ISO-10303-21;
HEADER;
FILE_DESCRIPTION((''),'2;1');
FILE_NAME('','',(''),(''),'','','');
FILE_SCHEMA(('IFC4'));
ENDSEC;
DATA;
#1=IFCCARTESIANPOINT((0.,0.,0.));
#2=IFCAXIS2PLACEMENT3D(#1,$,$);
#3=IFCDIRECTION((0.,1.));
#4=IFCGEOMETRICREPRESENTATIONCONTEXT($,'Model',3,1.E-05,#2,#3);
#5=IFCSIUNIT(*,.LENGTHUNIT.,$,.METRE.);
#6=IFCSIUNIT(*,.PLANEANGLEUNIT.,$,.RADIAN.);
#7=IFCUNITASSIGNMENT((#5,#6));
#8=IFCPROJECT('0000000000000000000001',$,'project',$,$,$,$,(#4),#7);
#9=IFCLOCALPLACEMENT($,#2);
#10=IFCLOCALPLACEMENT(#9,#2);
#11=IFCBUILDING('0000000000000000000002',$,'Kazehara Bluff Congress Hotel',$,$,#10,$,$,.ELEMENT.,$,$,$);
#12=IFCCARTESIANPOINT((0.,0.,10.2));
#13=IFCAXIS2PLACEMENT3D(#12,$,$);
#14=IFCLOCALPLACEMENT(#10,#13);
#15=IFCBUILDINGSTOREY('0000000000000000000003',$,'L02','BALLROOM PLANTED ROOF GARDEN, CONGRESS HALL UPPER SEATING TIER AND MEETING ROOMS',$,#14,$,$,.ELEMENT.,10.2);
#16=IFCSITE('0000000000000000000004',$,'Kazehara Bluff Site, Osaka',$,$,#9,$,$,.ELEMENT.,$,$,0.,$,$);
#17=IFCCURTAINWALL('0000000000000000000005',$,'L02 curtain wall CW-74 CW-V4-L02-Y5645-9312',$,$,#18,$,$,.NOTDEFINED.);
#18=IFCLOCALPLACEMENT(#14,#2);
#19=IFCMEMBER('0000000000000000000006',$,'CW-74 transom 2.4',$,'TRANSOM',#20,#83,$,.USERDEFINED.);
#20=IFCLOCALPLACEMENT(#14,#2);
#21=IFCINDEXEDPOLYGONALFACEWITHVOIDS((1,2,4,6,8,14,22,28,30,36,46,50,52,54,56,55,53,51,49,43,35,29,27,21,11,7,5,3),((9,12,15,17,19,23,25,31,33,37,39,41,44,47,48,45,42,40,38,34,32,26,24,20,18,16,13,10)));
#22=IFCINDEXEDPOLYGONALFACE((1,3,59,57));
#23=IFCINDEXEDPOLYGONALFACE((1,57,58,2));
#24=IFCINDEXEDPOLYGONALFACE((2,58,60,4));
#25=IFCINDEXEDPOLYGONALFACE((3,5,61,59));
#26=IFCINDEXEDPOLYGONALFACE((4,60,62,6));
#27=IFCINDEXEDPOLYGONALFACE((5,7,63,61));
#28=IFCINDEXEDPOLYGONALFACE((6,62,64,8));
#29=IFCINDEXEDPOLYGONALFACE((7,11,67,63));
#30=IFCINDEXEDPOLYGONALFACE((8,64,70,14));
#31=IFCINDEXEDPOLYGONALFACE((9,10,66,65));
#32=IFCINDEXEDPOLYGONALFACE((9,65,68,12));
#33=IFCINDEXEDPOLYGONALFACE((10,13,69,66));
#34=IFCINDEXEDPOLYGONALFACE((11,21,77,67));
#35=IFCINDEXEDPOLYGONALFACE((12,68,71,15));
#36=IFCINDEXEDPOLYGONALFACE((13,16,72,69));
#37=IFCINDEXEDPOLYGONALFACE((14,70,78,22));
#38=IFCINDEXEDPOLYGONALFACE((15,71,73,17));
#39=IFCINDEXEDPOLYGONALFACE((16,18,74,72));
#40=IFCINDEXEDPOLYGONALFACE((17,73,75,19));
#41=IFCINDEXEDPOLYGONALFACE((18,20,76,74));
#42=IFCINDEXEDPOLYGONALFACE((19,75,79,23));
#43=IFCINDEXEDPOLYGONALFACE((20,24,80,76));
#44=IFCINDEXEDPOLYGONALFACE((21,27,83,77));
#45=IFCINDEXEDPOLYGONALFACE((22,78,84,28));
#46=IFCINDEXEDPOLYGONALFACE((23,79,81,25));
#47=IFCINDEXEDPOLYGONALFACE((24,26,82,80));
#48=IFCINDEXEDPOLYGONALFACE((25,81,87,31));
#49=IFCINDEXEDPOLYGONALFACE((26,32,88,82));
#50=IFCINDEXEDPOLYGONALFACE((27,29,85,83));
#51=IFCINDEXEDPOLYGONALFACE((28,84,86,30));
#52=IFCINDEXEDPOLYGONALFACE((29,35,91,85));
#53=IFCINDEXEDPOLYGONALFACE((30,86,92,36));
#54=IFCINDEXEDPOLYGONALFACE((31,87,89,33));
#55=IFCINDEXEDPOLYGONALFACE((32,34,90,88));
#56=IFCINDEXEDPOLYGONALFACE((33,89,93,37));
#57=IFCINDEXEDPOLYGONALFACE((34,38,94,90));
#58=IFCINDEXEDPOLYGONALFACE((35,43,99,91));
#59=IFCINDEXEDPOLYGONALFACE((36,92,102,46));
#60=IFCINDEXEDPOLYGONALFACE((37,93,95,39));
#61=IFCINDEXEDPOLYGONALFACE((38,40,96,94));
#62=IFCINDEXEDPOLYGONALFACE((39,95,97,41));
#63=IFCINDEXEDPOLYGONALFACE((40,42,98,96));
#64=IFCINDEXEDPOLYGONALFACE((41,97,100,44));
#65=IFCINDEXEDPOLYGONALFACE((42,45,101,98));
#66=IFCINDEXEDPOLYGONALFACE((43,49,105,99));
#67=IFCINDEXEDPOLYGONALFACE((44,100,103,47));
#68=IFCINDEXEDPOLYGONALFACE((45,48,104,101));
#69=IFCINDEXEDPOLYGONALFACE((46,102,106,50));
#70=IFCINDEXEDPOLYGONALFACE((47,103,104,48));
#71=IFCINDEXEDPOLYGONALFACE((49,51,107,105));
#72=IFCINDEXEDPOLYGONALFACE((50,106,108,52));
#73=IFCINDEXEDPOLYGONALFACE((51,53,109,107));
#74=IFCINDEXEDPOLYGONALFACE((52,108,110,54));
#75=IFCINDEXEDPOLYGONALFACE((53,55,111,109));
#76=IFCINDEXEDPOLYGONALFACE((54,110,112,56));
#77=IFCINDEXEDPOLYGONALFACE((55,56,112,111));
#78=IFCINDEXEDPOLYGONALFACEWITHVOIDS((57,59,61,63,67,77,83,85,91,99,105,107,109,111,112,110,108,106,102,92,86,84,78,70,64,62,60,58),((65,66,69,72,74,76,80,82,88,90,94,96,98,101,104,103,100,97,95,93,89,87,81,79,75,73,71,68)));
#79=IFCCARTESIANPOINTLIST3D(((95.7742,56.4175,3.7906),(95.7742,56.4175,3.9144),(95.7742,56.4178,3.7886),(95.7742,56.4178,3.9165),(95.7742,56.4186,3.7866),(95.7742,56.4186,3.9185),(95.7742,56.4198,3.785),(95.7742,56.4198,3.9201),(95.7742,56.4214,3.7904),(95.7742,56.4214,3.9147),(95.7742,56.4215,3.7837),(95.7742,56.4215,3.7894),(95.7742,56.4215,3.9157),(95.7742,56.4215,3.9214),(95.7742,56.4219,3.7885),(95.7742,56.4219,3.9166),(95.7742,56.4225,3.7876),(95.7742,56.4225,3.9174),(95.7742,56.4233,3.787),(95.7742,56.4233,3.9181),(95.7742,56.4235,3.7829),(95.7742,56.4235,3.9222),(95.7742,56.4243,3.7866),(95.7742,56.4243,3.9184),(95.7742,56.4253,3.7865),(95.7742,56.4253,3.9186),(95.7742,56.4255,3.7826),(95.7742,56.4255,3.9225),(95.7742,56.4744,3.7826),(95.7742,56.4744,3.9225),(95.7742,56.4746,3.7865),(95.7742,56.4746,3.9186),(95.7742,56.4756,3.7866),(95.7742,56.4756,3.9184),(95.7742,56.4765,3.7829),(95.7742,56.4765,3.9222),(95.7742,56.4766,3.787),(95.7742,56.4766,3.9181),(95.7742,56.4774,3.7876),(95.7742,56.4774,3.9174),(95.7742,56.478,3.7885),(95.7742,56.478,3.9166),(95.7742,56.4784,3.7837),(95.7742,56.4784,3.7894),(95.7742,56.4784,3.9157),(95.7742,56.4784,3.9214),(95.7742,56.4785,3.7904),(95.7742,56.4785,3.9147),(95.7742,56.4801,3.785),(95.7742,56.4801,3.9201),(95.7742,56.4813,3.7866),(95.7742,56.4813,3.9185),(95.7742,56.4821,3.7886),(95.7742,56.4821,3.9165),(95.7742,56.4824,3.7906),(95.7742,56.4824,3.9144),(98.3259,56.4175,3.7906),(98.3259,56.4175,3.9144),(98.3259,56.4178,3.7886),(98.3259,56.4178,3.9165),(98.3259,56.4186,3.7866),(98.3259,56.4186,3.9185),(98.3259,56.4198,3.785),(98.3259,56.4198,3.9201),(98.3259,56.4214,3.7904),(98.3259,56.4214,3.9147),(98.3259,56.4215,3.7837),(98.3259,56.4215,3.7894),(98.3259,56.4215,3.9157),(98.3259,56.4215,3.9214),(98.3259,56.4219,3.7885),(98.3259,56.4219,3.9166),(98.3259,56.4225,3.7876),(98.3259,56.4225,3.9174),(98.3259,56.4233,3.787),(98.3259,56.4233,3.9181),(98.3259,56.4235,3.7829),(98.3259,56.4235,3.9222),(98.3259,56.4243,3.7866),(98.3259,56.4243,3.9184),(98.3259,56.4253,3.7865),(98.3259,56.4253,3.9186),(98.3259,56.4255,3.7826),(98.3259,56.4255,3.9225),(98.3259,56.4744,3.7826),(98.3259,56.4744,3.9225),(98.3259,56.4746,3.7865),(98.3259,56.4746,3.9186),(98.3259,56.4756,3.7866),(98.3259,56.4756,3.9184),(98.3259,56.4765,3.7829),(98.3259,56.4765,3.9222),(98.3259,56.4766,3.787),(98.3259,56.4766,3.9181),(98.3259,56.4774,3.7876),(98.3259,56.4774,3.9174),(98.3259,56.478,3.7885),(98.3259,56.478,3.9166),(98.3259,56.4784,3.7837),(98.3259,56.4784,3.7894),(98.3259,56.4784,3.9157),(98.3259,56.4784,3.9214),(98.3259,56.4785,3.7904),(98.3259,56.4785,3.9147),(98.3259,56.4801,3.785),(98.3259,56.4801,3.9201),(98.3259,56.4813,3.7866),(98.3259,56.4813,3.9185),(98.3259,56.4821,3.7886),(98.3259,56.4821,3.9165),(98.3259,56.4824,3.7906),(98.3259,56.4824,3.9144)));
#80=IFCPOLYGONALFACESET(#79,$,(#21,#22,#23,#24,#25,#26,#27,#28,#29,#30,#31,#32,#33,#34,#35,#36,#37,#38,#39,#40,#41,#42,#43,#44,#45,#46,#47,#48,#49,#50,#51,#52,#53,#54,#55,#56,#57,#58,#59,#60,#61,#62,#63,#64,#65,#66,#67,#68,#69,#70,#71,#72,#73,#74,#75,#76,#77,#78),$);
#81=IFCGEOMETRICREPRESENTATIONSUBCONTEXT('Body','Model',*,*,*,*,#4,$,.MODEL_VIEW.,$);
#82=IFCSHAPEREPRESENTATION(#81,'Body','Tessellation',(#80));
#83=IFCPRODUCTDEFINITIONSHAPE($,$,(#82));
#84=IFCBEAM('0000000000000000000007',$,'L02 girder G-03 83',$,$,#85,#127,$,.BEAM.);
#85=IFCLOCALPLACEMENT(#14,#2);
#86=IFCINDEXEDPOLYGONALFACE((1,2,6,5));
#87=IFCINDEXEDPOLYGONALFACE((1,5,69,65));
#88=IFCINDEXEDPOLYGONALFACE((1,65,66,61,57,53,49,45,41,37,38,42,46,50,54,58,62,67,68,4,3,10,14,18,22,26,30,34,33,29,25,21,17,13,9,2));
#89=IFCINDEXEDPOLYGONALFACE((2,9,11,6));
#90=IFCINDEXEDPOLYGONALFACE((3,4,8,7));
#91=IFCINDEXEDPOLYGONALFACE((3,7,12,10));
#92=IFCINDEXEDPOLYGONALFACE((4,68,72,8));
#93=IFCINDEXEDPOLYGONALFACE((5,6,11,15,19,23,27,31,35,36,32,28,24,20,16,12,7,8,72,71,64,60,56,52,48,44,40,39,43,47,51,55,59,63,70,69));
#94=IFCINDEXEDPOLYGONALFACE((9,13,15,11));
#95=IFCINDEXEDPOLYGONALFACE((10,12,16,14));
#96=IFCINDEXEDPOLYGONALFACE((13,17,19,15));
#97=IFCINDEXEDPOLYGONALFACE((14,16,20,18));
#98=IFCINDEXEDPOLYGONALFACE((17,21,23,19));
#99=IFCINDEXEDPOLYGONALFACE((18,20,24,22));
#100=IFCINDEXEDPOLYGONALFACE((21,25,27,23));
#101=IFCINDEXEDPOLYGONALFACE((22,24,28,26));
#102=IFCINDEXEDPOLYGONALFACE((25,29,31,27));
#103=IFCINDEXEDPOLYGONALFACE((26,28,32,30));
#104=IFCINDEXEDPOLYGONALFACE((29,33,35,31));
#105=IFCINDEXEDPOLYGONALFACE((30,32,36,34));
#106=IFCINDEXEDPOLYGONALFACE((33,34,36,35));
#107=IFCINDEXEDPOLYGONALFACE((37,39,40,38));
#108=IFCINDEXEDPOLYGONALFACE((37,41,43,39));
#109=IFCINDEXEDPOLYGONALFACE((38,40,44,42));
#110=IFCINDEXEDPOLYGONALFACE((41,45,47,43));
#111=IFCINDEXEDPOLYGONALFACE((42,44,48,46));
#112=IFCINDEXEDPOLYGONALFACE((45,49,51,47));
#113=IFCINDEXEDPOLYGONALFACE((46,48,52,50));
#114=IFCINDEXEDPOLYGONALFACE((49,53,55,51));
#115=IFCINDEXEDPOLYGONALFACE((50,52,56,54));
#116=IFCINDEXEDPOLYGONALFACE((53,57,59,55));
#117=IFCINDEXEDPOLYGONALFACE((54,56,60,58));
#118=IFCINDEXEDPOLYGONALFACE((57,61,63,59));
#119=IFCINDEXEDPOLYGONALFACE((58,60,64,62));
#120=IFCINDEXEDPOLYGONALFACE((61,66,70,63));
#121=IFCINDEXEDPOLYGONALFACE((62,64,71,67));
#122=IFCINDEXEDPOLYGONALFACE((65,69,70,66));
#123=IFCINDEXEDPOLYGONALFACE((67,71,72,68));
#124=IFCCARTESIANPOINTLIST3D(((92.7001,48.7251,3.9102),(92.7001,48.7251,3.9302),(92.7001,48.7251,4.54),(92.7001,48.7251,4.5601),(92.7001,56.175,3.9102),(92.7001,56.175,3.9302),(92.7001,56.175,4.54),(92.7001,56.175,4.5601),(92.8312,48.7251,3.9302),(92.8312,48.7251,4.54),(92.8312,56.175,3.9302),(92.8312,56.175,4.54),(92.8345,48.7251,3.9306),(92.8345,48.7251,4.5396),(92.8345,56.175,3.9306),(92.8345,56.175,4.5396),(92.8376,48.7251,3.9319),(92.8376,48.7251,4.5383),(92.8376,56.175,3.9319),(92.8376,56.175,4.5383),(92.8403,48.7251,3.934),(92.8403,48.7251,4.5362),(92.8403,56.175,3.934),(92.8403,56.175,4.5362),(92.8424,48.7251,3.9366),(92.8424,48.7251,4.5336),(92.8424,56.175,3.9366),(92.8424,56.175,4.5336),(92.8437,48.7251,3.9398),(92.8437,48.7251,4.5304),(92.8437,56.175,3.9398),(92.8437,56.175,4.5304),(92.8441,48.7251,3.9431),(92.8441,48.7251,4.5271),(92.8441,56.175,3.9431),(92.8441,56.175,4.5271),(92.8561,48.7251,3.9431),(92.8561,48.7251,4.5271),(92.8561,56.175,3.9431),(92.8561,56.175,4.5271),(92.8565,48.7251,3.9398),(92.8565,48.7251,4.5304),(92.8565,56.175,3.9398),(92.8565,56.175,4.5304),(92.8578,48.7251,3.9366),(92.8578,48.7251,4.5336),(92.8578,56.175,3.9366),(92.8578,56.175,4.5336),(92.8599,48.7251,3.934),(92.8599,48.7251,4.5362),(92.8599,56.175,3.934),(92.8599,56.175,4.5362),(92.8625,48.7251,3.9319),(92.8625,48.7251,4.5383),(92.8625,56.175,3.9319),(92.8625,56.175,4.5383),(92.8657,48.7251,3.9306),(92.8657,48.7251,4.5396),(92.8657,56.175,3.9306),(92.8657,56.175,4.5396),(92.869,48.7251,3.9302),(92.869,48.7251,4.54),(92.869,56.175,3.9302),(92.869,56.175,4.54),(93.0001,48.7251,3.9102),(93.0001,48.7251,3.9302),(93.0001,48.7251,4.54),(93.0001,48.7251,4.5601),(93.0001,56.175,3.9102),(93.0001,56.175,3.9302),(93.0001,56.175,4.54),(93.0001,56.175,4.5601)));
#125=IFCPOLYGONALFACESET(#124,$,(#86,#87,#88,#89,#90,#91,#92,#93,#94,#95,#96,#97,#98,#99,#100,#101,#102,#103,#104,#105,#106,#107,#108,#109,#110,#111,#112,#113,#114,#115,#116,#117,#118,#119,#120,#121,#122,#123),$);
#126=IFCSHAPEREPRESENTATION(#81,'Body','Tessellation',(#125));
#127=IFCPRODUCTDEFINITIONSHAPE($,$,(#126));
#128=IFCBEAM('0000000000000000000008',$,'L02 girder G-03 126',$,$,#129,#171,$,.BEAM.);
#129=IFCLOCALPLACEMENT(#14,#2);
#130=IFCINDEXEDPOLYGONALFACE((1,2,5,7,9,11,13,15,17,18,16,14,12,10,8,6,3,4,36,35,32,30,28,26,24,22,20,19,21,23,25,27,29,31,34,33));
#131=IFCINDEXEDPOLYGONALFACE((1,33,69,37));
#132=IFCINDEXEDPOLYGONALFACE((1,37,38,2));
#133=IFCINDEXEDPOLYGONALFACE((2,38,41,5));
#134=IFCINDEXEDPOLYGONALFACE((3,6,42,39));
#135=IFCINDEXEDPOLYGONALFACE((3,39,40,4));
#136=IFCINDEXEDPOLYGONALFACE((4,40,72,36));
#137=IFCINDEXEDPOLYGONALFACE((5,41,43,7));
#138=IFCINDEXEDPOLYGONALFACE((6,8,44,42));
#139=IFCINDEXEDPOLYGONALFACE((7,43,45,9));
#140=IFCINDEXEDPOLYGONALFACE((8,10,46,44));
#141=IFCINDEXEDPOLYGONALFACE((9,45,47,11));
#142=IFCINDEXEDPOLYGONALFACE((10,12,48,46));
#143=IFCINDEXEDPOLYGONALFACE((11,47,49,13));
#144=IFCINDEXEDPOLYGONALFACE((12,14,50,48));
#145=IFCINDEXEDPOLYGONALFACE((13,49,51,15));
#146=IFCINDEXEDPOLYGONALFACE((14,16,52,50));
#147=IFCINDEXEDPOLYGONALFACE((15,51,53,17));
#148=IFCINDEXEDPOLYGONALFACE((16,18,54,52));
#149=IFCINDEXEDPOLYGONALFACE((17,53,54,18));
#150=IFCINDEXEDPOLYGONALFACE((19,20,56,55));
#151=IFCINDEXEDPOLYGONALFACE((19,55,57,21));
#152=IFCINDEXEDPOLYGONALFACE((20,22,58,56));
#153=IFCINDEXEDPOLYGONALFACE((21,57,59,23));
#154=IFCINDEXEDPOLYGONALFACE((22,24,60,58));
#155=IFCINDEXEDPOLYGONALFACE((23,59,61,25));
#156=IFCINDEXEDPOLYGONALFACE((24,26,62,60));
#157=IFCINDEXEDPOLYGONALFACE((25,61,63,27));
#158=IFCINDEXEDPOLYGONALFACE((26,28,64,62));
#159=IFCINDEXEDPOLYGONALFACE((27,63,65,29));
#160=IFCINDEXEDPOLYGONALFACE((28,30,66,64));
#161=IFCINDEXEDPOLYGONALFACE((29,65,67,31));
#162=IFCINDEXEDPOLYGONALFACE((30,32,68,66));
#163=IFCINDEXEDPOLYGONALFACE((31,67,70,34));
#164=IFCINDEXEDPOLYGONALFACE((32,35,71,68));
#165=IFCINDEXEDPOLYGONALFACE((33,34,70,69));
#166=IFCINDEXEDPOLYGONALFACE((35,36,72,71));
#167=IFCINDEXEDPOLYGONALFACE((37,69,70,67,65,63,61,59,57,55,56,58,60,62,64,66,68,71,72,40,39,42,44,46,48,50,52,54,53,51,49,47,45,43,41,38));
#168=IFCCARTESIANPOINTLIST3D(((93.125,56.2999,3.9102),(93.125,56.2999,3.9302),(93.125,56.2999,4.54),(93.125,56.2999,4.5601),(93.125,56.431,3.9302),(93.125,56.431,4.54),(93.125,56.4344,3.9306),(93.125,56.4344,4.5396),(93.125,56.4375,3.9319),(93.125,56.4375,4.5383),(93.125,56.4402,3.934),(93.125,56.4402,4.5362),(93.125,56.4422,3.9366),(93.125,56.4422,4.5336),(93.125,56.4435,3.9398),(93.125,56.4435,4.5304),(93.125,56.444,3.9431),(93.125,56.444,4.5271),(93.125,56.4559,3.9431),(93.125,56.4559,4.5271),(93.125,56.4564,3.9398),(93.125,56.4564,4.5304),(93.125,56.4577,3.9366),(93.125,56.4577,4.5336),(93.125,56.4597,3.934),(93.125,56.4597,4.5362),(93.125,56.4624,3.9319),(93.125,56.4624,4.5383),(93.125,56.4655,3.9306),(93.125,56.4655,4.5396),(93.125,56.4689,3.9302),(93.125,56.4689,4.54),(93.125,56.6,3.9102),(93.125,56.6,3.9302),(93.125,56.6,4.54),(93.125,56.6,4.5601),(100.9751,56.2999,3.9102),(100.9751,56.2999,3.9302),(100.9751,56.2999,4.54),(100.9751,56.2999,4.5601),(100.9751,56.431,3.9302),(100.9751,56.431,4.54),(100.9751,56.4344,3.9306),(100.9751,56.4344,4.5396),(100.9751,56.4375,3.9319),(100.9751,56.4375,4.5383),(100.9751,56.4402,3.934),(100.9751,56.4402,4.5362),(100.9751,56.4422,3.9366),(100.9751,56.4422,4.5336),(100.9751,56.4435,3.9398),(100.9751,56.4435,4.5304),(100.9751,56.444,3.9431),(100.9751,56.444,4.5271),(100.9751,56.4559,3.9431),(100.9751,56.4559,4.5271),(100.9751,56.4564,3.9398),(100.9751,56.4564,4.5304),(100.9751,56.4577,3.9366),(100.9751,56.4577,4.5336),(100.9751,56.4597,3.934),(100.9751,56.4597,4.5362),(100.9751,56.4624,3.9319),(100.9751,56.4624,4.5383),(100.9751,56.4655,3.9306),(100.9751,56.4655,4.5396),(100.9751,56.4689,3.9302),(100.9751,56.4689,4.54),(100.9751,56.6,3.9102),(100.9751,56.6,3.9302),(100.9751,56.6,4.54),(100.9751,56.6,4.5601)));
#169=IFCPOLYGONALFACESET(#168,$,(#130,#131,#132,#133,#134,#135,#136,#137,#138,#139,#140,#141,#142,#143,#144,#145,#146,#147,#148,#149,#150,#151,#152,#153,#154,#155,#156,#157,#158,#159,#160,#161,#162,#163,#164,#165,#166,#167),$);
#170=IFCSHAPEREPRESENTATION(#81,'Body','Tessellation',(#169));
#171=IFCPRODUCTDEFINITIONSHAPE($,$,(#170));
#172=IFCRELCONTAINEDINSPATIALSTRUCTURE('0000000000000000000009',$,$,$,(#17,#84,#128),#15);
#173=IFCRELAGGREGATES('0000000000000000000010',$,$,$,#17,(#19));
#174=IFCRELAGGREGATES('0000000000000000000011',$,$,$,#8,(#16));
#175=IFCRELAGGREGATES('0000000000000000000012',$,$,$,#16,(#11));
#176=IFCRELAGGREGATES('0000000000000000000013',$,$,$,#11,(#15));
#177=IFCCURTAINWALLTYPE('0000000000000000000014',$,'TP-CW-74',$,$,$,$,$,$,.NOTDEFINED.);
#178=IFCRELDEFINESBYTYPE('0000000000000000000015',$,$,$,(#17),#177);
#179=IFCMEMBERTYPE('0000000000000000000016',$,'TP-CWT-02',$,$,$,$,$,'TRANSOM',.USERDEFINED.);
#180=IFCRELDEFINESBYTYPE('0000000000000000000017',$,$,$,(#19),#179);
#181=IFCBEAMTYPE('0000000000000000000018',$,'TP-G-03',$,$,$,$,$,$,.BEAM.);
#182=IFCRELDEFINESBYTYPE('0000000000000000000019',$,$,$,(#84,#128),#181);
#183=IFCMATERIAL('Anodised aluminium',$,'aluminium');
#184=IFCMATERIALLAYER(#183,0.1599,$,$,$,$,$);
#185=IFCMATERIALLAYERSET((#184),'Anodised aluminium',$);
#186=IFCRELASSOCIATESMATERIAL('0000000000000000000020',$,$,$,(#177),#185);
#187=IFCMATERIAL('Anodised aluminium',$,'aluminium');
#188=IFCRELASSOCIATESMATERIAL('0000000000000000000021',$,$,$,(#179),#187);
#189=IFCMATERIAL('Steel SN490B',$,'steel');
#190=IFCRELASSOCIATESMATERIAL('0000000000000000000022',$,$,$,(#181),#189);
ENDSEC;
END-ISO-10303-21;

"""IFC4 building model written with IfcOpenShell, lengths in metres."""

from ifc_helpers import new_model, si_unit, direction, frame, origin, origin_2d, place, context, subcontext, project, spatial, hollow_rectangle, i_section, extrude, material, layer, layer_set, material_profile, profile_set, type_object, element, aggregate, save


model = new_model("IFC4")

# Units and contexts
model_context = context("Model", 3, precision=1e-05, world=origin(), true_north=direction((0.0, 1.0)))
body_context = subcontext(model_context, "Body", "Model", "MODEL_VIEW")
ifc_project = project(units=[si_unit("LENGTHUNIT", "METRE"), si_unit("PLANEANGLEUNIT", "RADIAN")], contexts=[model_context])

# Site, building, storey
site_placement = place(None, origin())
site = spatial("IfcSite", under=ifc_project, at=site_placement, Name="Kazehara Bluff Site, Osaka", CompositionType="ELEMENT", RefElevation=0.0)
building_placement = place(site_placement, origin())
building = spatial("IfcBuilding", under=site, at=building_placement, Name="Kazehara Bluff Congress Hotel", CompositionType="ELEMENT")
storey_placement = place(building_placement, frame((0.0, 0.0, 10.2)))
storey = spatial("IfcBuildingStorey", under=building, at=storey_placement, Name="L02", Description="BALLROOM PLANTED ROOF GARDEN, CONGRESS HALL UPPER SEATING TIER AND MEETING ROOMS", CompositionType="ELEMENT", Elevation=10.2)

# Curtain wall, member
ifc_material_1 = material(Name="Anodised aluminium", Category="aluminium")
ifc_layer_1 = layer(ifc_material_1, 0.1599)
ifc_layer_set_1 = layer_set([ifc_layer_1], Name="Anodised aluminium")
curtain_wall_type_1 = type_object("IfcCurtainWallType", Name="TP-CW-74", PredefinedType="NOTDEFINED", material=ifc_layer_set_1)
curtain_wall_1_placement = place(storey_placement, origin())
curtain_wall_1 = element("IfcCurtainWall", 1, at=curtain_wall_1_placement, inside=storey, type_object=curtain_wall_type_1, Name="L02 curtain wall CW-74 CW-V4-L02-Y5645-9312", PredefinedType="NOTDEFINED")
ifc_material_2 = material(Name="Anodised aluminium", Category="aluminium")
ifc_material_profile_1 = material_profile(ifc_material_2, hollow_rectangle(XDim=0.0649, YDim=0.1399, WallThickness=0.0039, InnerFilletRadius=0.0039, OuterFilletRadius=0.0081, at=origin_2d()))
ifc_profile_set_1 = profile_set([ifc_material_profile_1], Name="Anodised aluminium")
member_type_1 = type_object("IfcMemberType", Name="TP-CWT-02", ElementType="TRANSOM", PredefinedType="USERDEFINED", material=ifc_profile_set_1)
member_1_placement = place(storey_placement, frame((95.7742, 56.45, 3.8525), z_axis=(1.0, 0.0, 0.0), x_axis=(0.0, 1.0, 0.0)))
member_1 = element("IfcMember", 2, at=member_1_placement, type_object=member_type_1, Name="CW-74 transom 2.4", ObjectType="TRANSOM", PredefinedType="USERDEFINED", context=body_context, shape_type="SweptSolid", body=[
    extrude(hollow_rectangle(XDim=0.0649, YDim=0.1399, WallThickness=0.0039, InnerFilletRadius=0.0039, OuterFilletRadius=0.0081, at=origin_2d()), origin(), (0.0, 0.0, 1.0), 2.5518),
])

# Beams
ifc_material_3 = material(Name="Steel SN490B", Category="steel")
ifc_material_profile_2 = material_profile(ifc_material_3, i_section(OverallWidth=0.3, OverallDepth=0.6499, WebThickness=0.012, FlangeThickness=0.02, FilletRadius=0.0129, at=origin_2d()))
ifc_profile_set_2 = profile_set([ifc_material_profile_2], Name="Steel SN490B")
beam_type_1 = type_object("IfcBeamType", Name="TP-G-03", PredefinedType="BEAM", material=ifc_profile_set_2)
beam_1_placement = place(storey_placement, frame((92.8501, 48.7251, 4.2351), z_axis=(0.0, 1.0, 0.0), x_axis=(-1.0, 0.0, 0.0)))
element("IfcBeam", 3, at=beam_1_placement, inside=storey, type_object=beam_type_1, Name="L02 girder G-03 83", PredefinedType="BEAM", context=body_context, shape_type="SweptSolid", body=[
    extrude(i_section(OverallWidth=0.3, OverallDepth=0.6499, WebThickness=0.012, FlangeThickness=0.02, FilletRadius=0.0129, at=origin_2d()), origin(), (0.0, 0.0, 1.0), 7.45),
])
beam_2_placement = place(storey_placement, frame((93.125, 56.45, 4.2351), z_axis=(1.0, 0.0, 0.0), x_axis=(0.0, 1.0, 0.0)))
element("IfcBeam", 4, at=beam_2_placement, inside=storey, type_object=beam_type_1, Name="L02 girder G-03 126", PredefinedType="BEAM", context=body_context, shape_type="SweptSolid", body=[
    extrude(i_section(OverallWidth=0.3, OverallDepth=0.6499, WebThickness=0.012, FlangeThickness=0.02, FilletRadius=0.0129, at=origin_2d()), origin(), (0.0, 0.0, 1.0), 7.8501),
])

aggregate(curtain_wall_1, [member_1])

save(model, "model.ifc")
